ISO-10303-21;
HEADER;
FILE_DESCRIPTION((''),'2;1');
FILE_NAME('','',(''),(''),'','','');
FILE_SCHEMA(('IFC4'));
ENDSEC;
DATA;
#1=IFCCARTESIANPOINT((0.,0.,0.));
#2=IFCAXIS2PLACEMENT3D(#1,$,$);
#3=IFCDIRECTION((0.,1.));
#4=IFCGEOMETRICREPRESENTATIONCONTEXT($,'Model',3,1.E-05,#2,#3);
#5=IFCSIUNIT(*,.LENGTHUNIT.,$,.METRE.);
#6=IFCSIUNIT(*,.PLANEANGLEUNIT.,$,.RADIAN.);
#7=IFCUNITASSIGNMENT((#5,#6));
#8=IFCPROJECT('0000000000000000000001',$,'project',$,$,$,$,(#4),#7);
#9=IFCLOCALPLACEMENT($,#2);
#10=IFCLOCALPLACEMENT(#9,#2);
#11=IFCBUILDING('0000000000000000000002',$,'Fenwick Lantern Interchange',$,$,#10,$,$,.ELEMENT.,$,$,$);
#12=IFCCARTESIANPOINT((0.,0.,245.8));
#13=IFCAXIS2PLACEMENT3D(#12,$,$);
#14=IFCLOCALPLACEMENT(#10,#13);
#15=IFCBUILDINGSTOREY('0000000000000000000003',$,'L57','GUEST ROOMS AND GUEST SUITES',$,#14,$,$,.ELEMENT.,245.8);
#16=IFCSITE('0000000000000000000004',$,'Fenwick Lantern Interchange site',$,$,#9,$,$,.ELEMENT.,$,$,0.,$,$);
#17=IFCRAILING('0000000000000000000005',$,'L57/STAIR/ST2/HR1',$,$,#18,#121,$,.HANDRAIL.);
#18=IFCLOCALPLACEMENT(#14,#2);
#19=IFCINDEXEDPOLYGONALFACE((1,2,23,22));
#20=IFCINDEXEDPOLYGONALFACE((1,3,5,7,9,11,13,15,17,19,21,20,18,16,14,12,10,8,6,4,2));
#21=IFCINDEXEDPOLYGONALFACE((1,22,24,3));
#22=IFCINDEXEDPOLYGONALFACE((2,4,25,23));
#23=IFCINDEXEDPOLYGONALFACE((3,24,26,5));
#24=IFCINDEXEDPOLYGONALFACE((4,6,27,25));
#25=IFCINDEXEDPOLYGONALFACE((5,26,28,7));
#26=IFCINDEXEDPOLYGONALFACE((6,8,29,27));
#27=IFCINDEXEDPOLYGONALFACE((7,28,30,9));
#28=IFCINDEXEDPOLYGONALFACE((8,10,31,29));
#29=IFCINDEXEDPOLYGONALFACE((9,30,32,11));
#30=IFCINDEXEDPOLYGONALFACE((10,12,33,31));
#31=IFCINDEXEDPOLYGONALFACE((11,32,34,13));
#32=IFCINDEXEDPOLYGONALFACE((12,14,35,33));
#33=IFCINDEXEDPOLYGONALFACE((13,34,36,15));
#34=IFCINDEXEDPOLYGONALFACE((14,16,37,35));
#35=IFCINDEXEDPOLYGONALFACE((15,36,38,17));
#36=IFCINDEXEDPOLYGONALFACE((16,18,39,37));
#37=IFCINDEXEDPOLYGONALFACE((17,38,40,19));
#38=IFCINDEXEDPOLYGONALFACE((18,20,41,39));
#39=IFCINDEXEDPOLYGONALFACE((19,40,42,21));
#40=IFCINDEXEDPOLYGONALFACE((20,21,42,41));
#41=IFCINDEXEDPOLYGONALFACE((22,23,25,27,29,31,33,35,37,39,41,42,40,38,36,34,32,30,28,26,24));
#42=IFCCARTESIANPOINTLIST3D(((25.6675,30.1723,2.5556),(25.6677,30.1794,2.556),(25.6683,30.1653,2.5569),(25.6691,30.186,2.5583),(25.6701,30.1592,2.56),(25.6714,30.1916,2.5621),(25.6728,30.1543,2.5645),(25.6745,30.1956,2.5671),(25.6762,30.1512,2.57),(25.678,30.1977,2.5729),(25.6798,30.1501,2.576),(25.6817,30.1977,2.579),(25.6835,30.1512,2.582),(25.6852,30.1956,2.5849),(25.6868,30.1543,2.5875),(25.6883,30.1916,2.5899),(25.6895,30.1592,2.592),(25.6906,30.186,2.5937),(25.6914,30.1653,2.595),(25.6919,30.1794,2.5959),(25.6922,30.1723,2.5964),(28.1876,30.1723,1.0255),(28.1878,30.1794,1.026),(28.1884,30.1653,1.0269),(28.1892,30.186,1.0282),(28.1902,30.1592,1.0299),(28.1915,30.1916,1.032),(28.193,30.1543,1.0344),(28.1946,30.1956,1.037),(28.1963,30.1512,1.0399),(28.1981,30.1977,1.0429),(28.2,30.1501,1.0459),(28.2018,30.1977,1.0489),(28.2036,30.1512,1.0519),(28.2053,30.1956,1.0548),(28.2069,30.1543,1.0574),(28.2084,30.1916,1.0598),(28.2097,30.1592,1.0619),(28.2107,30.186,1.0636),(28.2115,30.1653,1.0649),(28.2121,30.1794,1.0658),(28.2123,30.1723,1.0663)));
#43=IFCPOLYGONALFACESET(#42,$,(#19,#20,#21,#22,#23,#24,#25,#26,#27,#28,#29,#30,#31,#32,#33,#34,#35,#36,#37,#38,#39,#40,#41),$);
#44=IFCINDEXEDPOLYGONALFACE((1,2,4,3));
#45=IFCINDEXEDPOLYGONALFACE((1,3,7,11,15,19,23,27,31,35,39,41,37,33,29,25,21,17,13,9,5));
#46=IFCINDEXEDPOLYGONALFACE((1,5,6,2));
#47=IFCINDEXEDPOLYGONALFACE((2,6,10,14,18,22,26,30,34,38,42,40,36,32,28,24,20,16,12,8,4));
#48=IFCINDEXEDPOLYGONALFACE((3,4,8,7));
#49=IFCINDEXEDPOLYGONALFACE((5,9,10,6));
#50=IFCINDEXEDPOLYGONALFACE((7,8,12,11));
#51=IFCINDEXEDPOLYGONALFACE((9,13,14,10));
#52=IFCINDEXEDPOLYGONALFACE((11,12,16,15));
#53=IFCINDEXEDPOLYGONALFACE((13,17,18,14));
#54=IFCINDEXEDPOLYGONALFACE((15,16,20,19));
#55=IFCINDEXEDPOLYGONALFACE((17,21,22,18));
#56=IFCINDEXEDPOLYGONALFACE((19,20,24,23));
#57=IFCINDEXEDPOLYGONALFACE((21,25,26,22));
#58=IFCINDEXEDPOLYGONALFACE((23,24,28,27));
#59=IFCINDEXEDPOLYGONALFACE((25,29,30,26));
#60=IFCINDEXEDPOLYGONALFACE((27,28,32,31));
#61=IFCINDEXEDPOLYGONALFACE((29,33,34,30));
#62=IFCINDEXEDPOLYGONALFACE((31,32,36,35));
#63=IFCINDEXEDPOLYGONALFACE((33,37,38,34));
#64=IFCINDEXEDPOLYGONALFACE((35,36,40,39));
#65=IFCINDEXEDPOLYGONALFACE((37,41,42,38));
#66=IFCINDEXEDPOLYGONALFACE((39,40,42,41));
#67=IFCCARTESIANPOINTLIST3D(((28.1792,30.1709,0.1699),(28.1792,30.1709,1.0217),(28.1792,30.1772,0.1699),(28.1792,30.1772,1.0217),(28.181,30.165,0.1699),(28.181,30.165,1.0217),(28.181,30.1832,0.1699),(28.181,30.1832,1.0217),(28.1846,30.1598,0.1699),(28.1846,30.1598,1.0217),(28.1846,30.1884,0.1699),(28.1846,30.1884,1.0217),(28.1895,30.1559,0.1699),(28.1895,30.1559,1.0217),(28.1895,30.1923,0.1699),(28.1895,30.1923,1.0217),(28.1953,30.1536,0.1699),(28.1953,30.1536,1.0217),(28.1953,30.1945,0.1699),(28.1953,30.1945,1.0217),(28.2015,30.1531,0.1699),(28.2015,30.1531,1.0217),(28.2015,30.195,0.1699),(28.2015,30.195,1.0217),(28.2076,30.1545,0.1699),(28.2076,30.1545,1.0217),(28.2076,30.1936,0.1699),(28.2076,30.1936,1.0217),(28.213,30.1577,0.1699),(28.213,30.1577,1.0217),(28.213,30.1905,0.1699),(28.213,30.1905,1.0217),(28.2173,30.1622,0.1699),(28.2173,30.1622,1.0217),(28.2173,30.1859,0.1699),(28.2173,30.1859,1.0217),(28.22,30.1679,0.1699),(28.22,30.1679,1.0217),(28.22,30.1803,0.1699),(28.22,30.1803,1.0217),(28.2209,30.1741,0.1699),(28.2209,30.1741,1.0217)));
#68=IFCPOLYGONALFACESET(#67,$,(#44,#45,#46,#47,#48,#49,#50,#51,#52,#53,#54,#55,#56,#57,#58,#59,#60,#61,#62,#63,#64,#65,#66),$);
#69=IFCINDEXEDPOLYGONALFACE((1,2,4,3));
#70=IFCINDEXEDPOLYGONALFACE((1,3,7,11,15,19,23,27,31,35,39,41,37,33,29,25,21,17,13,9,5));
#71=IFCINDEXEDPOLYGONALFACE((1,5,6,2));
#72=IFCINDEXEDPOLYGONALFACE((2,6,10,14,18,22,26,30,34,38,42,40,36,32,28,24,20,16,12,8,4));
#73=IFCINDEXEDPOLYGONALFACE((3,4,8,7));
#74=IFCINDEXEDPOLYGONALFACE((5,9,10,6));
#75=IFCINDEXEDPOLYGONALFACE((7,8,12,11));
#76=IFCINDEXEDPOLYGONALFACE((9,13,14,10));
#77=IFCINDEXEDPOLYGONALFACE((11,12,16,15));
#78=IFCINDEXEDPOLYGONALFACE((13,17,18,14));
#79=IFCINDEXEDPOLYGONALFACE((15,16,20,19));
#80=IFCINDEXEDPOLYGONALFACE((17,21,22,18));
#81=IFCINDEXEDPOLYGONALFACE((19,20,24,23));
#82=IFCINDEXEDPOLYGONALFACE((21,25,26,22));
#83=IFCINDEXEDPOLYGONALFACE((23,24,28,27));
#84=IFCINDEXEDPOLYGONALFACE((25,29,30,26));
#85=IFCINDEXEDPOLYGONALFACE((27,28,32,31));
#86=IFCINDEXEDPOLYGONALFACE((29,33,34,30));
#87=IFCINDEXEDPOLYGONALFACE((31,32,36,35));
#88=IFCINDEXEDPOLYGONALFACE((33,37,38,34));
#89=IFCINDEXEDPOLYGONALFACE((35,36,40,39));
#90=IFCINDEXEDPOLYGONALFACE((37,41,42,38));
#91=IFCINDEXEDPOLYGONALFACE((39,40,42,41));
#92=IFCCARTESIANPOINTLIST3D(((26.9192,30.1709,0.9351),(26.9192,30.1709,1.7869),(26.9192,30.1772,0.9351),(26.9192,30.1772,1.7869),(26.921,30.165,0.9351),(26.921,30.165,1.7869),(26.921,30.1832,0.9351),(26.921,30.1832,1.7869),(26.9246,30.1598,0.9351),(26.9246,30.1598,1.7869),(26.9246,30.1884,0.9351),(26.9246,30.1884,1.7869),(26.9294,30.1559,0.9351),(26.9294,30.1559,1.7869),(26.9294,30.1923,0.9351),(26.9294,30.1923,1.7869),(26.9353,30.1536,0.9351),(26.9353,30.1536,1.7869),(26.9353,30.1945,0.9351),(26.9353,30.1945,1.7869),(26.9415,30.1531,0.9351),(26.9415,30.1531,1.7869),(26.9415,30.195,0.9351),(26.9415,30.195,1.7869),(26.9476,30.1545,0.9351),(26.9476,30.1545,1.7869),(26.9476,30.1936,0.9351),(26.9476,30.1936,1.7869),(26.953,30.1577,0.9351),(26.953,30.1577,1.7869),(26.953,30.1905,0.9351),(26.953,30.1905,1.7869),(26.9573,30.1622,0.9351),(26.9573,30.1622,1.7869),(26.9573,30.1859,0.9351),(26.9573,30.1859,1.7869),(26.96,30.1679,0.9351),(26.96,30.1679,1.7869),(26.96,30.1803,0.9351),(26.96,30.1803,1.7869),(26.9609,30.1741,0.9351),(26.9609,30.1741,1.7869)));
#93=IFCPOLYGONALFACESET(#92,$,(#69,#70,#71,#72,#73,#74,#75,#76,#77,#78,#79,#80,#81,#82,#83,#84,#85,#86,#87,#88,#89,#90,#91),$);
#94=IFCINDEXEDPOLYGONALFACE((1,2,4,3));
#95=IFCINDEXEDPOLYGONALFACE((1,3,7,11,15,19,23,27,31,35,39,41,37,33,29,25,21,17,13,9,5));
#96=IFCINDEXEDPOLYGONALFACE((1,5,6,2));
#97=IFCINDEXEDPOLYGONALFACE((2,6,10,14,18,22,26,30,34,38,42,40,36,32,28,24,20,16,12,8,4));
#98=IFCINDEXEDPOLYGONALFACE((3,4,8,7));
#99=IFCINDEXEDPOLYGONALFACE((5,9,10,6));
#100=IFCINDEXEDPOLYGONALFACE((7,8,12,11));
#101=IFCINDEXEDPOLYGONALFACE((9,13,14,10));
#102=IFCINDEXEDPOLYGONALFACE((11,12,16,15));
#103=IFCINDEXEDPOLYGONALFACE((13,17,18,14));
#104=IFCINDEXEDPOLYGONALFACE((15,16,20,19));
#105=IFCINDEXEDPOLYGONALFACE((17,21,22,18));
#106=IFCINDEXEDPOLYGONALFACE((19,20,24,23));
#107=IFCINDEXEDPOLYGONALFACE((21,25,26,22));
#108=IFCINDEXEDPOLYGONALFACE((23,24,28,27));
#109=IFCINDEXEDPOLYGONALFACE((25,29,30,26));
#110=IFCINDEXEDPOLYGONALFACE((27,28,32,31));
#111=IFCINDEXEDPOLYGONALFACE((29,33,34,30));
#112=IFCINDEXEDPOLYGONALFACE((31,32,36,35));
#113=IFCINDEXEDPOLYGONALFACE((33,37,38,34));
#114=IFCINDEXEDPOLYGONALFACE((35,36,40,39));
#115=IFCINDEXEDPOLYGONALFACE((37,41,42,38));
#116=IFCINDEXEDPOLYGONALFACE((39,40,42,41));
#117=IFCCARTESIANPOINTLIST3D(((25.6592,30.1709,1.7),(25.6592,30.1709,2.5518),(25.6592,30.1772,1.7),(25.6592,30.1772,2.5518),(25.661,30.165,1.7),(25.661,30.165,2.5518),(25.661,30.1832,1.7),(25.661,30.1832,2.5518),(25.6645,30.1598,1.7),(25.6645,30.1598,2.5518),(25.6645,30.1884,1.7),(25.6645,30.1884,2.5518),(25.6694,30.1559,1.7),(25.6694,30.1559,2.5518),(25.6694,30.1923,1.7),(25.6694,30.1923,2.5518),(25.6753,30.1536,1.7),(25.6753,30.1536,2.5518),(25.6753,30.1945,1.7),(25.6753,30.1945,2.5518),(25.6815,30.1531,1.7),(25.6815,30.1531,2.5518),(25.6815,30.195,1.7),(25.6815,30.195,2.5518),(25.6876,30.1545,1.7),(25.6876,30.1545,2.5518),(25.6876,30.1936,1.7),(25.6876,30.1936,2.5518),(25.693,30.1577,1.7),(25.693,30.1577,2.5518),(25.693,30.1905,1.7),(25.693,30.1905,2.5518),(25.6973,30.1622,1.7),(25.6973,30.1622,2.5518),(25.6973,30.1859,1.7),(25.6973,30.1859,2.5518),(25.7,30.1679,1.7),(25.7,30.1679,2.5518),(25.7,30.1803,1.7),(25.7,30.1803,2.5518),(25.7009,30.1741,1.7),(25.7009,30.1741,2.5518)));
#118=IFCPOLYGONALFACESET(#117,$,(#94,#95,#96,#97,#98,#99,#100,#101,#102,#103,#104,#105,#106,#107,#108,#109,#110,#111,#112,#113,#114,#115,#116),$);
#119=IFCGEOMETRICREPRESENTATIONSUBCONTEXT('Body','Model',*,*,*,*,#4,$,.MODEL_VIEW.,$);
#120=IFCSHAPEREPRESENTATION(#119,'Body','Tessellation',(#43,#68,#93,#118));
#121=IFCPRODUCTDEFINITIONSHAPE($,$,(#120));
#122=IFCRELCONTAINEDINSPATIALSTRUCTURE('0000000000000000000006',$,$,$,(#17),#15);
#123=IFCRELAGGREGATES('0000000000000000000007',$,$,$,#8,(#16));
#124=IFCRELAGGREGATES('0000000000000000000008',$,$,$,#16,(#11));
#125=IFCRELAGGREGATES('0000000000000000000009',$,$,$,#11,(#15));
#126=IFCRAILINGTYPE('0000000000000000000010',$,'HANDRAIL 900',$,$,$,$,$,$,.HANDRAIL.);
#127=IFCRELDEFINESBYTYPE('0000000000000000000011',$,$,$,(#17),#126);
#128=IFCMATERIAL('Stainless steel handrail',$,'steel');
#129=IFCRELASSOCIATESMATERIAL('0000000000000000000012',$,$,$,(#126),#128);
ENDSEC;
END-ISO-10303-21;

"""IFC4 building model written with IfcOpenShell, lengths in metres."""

from ifc_helpers import new_model, si_unit, direction, frame, origin, origin_2d, place, context, subcontext, project, spatial, circle, extrude, material, type_object, element, save


model = new_model("IFC4")

# Units and contexts
model_context = context("Model", 3, precision=1e-05, world=origin(), true_north=direction((0.0, 1.0)))
body_context = subcontext(model_context, "Body", "Model", "MODEL_VIEW")
ifc_project = project(units=[si_unit("LENGTHUNIT", "METRE"), si_unit("PLANEANGLEUNIT", "RADIAN")], contexts=[model_context])

# Site, building, storey
site_placement = place(None, origin())
site = spatial("IfcSite", under=ifc_project, at=site_placement, Name="Fenwick Lantern Interchange site", CompositionType="ELEMENT", RefElevation=0.0)
building_placement = place(site_placement, origin())
building = spatial("IfcBuilding", under=site, at=building_placement, Name="Fenwick Lantern Interchange", CompositionType="ELEMENT")
storey_placement = place(building_placement, frame((0.0, 0.0, 245.8)))
storey = spatial("IfcBuildingStorey", under=building, at=storey_placement, Name="L57", Description="GUEST ROOMS AND GUEST SUITES", CompositionType="ELEMENT", Elevation=245.8)

# Railing
ifc_material_1 = material(Name="Stainless steel handrail", Category="steel")
railing_type = type_object("IfcRailingType", Name="HANDRAIL 900", PredefinedType="HANDRAIL", material=ifc_material_1)
railing_1_placement = place(storey_placement, frame((28.2, 30.1741, 0.1699)))
element("IfcRailing", 1, at=railing_1_placement, inside=storey, type_object=railing_type, Name="L57/STAIR/ST2/HR1", PredefinedType="HANDRAIL", context=body_context, shape_type="SweptSolid", body=[
    extrude(circle(Radius=0.0239, at=origin_2d()), frame((0.0, 0.0, 0.876), z_axis=(-0.854785, 0.0, 0.518982), x_axis=(0.0, -1.0, 0.0)), (0.0, 0.0, 1.0), 2.9482),
    extrude(circle(Radius=0.021, at=origin_2d()), origin(), (0.0, 0.0, 1.0), 0.8518),
    extrude(circle(Radius=0.021, at=origin_2d()), frame((-1.26, 0.0, 0.7651)), (0.0, 0.0, 1.0), 0.8518),
    extrude(circle(Radius=0.021, at=origin_2d()), frame((-2.52, 0.0, 1.53)), (0.0, 0.0, 1.0), 0.8518),
])

save(model, "model.ifc")
